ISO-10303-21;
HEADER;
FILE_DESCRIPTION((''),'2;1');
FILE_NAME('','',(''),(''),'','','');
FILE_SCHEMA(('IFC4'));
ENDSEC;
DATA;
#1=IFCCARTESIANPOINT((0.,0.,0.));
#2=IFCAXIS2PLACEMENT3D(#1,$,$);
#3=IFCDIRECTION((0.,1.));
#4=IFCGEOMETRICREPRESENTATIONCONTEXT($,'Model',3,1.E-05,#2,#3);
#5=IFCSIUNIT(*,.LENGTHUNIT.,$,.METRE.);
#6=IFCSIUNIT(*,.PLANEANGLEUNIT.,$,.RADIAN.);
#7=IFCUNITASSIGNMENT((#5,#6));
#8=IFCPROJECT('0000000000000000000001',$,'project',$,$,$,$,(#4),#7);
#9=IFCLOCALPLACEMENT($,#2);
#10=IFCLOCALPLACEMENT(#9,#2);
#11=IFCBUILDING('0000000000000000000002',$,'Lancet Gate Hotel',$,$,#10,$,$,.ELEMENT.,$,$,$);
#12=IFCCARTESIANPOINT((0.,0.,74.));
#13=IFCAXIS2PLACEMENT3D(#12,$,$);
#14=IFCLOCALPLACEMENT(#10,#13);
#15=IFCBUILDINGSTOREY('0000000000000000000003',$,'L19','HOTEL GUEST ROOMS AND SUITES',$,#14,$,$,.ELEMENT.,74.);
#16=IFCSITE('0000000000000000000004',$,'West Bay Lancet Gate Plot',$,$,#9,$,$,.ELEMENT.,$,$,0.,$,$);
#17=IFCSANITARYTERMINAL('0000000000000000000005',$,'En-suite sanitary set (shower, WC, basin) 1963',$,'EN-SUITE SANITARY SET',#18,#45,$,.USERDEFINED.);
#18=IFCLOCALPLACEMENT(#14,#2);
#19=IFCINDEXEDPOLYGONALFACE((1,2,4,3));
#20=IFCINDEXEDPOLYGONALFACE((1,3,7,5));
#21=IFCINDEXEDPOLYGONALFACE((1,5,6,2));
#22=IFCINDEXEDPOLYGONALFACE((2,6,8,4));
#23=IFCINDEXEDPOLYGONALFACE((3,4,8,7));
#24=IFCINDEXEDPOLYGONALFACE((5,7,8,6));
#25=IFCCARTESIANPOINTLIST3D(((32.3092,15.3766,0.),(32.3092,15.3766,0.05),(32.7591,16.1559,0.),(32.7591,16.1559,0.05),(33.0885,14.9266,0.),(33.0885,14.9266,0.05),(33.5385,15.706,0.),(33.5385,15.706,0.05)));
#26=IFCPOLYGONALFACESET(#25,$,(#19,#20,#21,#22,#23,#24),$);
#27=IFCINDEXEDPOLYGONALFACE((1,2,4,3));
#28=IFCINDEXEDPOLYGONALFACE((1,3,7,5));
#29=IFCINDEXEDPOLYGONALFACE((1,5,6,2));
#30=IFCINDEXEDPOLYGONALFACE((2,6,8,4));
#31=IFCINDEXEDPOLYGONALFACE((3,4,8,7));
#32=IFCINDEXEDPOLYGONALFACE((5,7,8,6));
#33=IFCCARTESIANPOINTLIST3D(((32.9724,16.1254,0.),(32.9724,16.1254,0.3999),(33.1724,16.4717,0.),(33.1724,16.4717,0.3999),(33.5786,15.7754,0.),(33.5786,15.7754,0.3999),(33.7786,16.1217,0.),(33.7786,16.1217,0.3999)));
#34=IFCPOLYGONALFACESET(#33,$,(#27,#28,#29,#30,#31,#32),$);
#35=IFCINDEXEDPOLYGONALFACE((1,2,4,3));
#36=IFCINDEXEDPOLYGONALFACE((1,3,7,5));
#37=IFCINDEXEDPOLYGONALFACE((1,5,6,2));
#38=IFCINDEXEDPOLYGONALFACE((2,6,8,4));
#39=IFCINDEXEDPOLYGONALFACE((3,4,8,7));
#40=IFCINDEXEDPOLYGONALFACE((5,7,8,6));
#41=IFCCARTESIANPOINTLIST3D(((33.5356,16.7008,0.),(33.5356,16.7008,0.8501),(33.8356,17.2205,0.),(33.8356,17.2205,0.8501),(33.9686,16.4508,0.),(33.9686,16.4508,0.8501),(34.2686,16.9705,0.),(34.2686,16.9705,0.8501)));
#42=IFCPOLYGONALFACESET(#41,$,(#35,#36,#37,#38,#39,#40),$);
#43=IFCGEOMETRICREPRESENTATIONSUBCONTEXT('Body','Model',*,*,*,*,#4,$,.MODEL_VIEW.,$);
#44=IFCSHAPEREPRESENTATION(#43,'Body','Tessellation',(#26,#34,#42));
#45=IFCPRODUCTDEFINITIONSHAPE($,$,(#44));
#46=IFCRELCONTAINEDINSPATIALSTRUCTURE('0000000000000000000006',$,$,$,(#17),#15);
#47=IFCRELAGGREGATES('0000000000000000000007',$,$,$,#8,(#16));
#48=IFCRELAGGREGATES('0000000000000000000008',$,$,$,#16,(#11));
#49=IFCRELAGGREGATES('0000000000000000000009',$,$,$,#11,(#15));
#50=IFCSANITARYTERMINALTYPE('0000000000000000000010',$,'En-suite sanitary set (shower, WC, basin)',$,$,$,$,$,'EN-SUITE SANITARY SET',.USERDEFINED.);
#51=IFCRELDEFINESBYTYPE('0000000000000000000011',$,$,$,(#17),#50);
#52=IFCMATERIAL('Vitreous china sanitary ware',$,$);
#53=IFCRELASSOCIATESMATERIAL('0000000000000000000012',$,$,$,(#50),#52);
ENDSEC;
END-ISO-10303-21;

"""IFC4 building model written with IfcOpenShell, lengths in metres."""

from ifc_helpers import new_model, si_unit, direction, frame, origin, origin_2d, place, context, subcontext, project, spatial, rectangle, extrude, material, type_object, element, save


model = new_model("IFC4")

# Units and contexts
model_context = context("Model", 3, precision=1e-05, world=origin(), true_north=direction((0.0, 1.0)))
body_context = subcontext(model_context, "Body", "Model", "MODEL_VIEW")
ifc_project = project(units=[si_unit("LENGTHUNIT", "METRE"), si_unit("PLANEANGLEUNIT", "RADIAN")], contexts=[model_context])

# Site, building, storey
site_placement = place(None, origin())
site = spatial("IfcSite", under=ifc_project, at=site_placement, Name="West Bay Lancet Gate Plot", CompositionType="ELEMENT", RefElevation=0.0)
building_placement = place(site_placement, origin())
building = spatial("IfcBuilding", under=site, at=building_placement, Name="Lancet Gate Hotel", CompositionType="ELEMENT")
storey_placement = place(building_placement, frame((0.0, 0.0, 74.0)))
storey = spatial("IfcBuildingStorey", under=building, at=storey_placement, Name="L19", Description="HOTEL GUEST ROOMS AND SUITES", CompositionType="ELEMENT", Elevation=74.0)

# Sanitary terminal
ifc_material_1 = material(Name="Vitreous china sanitary ware")
sanitary_terminal_type = type_object("IfcSanitaryTerminalType", Name="En-suite sanitary set (shower, WC, basin)", ElementType="EN-SUITE SANITARY SET", PredefinedType="USERDEFINED", material=ifc_material_1)
sanitary_terminal_placement = place(storey_placement, frame((32.9238, 15.5413, 0.0), z_axis=(0.0, 0.0, 1.0), x_axis=(1.0, 0.0, 0.0)))
element("IfcSanitaryTerminal", 1, at=sanitary_terminal_placement, inside=storey, type_object=sanitary_terminal_type, Name="En-suite sanitary set (shower, WC, basin) 1963", ObjectType="EN-SUITE SANITARY SET", PredefinedType="USERDEFINED", context=body_context, shape_type="SweptSolid", body=[
    extrude(rectangle(XDim=0.8999, YDim=0.8999, at=origin_2d()), frame((0.0, 0.0, 0.0), z_axis=(0.0, 0.0, 1.0), x_axis=(-0.5, -0.866025, 0.0)), (0.0, 0.0, 1.0), 0.05),
    extrude(rectangle(XDim=0.3999, YDim=0.7, at=origin_2d()), frame((0.4517, 0.5823, 0.0), z_axis=(0.0, 0.0, 1.0), x_axis=(-0.5, -0.866025, 0.0)), (0.0, 0.0, 1.0), 0.3999),
    extrude(rectangle(XDim=0.6001, YDim=0.5, at=origin_2d()), frame((0.9783, 1.2944, 0.0), z_axis=(0.0, 0.0, 1.0), x_axis=(-0.5, -0.866025, 0.0)), (0.0, 0.0, 1.0), 0.8501),
])

save(model, "model.ifc")
